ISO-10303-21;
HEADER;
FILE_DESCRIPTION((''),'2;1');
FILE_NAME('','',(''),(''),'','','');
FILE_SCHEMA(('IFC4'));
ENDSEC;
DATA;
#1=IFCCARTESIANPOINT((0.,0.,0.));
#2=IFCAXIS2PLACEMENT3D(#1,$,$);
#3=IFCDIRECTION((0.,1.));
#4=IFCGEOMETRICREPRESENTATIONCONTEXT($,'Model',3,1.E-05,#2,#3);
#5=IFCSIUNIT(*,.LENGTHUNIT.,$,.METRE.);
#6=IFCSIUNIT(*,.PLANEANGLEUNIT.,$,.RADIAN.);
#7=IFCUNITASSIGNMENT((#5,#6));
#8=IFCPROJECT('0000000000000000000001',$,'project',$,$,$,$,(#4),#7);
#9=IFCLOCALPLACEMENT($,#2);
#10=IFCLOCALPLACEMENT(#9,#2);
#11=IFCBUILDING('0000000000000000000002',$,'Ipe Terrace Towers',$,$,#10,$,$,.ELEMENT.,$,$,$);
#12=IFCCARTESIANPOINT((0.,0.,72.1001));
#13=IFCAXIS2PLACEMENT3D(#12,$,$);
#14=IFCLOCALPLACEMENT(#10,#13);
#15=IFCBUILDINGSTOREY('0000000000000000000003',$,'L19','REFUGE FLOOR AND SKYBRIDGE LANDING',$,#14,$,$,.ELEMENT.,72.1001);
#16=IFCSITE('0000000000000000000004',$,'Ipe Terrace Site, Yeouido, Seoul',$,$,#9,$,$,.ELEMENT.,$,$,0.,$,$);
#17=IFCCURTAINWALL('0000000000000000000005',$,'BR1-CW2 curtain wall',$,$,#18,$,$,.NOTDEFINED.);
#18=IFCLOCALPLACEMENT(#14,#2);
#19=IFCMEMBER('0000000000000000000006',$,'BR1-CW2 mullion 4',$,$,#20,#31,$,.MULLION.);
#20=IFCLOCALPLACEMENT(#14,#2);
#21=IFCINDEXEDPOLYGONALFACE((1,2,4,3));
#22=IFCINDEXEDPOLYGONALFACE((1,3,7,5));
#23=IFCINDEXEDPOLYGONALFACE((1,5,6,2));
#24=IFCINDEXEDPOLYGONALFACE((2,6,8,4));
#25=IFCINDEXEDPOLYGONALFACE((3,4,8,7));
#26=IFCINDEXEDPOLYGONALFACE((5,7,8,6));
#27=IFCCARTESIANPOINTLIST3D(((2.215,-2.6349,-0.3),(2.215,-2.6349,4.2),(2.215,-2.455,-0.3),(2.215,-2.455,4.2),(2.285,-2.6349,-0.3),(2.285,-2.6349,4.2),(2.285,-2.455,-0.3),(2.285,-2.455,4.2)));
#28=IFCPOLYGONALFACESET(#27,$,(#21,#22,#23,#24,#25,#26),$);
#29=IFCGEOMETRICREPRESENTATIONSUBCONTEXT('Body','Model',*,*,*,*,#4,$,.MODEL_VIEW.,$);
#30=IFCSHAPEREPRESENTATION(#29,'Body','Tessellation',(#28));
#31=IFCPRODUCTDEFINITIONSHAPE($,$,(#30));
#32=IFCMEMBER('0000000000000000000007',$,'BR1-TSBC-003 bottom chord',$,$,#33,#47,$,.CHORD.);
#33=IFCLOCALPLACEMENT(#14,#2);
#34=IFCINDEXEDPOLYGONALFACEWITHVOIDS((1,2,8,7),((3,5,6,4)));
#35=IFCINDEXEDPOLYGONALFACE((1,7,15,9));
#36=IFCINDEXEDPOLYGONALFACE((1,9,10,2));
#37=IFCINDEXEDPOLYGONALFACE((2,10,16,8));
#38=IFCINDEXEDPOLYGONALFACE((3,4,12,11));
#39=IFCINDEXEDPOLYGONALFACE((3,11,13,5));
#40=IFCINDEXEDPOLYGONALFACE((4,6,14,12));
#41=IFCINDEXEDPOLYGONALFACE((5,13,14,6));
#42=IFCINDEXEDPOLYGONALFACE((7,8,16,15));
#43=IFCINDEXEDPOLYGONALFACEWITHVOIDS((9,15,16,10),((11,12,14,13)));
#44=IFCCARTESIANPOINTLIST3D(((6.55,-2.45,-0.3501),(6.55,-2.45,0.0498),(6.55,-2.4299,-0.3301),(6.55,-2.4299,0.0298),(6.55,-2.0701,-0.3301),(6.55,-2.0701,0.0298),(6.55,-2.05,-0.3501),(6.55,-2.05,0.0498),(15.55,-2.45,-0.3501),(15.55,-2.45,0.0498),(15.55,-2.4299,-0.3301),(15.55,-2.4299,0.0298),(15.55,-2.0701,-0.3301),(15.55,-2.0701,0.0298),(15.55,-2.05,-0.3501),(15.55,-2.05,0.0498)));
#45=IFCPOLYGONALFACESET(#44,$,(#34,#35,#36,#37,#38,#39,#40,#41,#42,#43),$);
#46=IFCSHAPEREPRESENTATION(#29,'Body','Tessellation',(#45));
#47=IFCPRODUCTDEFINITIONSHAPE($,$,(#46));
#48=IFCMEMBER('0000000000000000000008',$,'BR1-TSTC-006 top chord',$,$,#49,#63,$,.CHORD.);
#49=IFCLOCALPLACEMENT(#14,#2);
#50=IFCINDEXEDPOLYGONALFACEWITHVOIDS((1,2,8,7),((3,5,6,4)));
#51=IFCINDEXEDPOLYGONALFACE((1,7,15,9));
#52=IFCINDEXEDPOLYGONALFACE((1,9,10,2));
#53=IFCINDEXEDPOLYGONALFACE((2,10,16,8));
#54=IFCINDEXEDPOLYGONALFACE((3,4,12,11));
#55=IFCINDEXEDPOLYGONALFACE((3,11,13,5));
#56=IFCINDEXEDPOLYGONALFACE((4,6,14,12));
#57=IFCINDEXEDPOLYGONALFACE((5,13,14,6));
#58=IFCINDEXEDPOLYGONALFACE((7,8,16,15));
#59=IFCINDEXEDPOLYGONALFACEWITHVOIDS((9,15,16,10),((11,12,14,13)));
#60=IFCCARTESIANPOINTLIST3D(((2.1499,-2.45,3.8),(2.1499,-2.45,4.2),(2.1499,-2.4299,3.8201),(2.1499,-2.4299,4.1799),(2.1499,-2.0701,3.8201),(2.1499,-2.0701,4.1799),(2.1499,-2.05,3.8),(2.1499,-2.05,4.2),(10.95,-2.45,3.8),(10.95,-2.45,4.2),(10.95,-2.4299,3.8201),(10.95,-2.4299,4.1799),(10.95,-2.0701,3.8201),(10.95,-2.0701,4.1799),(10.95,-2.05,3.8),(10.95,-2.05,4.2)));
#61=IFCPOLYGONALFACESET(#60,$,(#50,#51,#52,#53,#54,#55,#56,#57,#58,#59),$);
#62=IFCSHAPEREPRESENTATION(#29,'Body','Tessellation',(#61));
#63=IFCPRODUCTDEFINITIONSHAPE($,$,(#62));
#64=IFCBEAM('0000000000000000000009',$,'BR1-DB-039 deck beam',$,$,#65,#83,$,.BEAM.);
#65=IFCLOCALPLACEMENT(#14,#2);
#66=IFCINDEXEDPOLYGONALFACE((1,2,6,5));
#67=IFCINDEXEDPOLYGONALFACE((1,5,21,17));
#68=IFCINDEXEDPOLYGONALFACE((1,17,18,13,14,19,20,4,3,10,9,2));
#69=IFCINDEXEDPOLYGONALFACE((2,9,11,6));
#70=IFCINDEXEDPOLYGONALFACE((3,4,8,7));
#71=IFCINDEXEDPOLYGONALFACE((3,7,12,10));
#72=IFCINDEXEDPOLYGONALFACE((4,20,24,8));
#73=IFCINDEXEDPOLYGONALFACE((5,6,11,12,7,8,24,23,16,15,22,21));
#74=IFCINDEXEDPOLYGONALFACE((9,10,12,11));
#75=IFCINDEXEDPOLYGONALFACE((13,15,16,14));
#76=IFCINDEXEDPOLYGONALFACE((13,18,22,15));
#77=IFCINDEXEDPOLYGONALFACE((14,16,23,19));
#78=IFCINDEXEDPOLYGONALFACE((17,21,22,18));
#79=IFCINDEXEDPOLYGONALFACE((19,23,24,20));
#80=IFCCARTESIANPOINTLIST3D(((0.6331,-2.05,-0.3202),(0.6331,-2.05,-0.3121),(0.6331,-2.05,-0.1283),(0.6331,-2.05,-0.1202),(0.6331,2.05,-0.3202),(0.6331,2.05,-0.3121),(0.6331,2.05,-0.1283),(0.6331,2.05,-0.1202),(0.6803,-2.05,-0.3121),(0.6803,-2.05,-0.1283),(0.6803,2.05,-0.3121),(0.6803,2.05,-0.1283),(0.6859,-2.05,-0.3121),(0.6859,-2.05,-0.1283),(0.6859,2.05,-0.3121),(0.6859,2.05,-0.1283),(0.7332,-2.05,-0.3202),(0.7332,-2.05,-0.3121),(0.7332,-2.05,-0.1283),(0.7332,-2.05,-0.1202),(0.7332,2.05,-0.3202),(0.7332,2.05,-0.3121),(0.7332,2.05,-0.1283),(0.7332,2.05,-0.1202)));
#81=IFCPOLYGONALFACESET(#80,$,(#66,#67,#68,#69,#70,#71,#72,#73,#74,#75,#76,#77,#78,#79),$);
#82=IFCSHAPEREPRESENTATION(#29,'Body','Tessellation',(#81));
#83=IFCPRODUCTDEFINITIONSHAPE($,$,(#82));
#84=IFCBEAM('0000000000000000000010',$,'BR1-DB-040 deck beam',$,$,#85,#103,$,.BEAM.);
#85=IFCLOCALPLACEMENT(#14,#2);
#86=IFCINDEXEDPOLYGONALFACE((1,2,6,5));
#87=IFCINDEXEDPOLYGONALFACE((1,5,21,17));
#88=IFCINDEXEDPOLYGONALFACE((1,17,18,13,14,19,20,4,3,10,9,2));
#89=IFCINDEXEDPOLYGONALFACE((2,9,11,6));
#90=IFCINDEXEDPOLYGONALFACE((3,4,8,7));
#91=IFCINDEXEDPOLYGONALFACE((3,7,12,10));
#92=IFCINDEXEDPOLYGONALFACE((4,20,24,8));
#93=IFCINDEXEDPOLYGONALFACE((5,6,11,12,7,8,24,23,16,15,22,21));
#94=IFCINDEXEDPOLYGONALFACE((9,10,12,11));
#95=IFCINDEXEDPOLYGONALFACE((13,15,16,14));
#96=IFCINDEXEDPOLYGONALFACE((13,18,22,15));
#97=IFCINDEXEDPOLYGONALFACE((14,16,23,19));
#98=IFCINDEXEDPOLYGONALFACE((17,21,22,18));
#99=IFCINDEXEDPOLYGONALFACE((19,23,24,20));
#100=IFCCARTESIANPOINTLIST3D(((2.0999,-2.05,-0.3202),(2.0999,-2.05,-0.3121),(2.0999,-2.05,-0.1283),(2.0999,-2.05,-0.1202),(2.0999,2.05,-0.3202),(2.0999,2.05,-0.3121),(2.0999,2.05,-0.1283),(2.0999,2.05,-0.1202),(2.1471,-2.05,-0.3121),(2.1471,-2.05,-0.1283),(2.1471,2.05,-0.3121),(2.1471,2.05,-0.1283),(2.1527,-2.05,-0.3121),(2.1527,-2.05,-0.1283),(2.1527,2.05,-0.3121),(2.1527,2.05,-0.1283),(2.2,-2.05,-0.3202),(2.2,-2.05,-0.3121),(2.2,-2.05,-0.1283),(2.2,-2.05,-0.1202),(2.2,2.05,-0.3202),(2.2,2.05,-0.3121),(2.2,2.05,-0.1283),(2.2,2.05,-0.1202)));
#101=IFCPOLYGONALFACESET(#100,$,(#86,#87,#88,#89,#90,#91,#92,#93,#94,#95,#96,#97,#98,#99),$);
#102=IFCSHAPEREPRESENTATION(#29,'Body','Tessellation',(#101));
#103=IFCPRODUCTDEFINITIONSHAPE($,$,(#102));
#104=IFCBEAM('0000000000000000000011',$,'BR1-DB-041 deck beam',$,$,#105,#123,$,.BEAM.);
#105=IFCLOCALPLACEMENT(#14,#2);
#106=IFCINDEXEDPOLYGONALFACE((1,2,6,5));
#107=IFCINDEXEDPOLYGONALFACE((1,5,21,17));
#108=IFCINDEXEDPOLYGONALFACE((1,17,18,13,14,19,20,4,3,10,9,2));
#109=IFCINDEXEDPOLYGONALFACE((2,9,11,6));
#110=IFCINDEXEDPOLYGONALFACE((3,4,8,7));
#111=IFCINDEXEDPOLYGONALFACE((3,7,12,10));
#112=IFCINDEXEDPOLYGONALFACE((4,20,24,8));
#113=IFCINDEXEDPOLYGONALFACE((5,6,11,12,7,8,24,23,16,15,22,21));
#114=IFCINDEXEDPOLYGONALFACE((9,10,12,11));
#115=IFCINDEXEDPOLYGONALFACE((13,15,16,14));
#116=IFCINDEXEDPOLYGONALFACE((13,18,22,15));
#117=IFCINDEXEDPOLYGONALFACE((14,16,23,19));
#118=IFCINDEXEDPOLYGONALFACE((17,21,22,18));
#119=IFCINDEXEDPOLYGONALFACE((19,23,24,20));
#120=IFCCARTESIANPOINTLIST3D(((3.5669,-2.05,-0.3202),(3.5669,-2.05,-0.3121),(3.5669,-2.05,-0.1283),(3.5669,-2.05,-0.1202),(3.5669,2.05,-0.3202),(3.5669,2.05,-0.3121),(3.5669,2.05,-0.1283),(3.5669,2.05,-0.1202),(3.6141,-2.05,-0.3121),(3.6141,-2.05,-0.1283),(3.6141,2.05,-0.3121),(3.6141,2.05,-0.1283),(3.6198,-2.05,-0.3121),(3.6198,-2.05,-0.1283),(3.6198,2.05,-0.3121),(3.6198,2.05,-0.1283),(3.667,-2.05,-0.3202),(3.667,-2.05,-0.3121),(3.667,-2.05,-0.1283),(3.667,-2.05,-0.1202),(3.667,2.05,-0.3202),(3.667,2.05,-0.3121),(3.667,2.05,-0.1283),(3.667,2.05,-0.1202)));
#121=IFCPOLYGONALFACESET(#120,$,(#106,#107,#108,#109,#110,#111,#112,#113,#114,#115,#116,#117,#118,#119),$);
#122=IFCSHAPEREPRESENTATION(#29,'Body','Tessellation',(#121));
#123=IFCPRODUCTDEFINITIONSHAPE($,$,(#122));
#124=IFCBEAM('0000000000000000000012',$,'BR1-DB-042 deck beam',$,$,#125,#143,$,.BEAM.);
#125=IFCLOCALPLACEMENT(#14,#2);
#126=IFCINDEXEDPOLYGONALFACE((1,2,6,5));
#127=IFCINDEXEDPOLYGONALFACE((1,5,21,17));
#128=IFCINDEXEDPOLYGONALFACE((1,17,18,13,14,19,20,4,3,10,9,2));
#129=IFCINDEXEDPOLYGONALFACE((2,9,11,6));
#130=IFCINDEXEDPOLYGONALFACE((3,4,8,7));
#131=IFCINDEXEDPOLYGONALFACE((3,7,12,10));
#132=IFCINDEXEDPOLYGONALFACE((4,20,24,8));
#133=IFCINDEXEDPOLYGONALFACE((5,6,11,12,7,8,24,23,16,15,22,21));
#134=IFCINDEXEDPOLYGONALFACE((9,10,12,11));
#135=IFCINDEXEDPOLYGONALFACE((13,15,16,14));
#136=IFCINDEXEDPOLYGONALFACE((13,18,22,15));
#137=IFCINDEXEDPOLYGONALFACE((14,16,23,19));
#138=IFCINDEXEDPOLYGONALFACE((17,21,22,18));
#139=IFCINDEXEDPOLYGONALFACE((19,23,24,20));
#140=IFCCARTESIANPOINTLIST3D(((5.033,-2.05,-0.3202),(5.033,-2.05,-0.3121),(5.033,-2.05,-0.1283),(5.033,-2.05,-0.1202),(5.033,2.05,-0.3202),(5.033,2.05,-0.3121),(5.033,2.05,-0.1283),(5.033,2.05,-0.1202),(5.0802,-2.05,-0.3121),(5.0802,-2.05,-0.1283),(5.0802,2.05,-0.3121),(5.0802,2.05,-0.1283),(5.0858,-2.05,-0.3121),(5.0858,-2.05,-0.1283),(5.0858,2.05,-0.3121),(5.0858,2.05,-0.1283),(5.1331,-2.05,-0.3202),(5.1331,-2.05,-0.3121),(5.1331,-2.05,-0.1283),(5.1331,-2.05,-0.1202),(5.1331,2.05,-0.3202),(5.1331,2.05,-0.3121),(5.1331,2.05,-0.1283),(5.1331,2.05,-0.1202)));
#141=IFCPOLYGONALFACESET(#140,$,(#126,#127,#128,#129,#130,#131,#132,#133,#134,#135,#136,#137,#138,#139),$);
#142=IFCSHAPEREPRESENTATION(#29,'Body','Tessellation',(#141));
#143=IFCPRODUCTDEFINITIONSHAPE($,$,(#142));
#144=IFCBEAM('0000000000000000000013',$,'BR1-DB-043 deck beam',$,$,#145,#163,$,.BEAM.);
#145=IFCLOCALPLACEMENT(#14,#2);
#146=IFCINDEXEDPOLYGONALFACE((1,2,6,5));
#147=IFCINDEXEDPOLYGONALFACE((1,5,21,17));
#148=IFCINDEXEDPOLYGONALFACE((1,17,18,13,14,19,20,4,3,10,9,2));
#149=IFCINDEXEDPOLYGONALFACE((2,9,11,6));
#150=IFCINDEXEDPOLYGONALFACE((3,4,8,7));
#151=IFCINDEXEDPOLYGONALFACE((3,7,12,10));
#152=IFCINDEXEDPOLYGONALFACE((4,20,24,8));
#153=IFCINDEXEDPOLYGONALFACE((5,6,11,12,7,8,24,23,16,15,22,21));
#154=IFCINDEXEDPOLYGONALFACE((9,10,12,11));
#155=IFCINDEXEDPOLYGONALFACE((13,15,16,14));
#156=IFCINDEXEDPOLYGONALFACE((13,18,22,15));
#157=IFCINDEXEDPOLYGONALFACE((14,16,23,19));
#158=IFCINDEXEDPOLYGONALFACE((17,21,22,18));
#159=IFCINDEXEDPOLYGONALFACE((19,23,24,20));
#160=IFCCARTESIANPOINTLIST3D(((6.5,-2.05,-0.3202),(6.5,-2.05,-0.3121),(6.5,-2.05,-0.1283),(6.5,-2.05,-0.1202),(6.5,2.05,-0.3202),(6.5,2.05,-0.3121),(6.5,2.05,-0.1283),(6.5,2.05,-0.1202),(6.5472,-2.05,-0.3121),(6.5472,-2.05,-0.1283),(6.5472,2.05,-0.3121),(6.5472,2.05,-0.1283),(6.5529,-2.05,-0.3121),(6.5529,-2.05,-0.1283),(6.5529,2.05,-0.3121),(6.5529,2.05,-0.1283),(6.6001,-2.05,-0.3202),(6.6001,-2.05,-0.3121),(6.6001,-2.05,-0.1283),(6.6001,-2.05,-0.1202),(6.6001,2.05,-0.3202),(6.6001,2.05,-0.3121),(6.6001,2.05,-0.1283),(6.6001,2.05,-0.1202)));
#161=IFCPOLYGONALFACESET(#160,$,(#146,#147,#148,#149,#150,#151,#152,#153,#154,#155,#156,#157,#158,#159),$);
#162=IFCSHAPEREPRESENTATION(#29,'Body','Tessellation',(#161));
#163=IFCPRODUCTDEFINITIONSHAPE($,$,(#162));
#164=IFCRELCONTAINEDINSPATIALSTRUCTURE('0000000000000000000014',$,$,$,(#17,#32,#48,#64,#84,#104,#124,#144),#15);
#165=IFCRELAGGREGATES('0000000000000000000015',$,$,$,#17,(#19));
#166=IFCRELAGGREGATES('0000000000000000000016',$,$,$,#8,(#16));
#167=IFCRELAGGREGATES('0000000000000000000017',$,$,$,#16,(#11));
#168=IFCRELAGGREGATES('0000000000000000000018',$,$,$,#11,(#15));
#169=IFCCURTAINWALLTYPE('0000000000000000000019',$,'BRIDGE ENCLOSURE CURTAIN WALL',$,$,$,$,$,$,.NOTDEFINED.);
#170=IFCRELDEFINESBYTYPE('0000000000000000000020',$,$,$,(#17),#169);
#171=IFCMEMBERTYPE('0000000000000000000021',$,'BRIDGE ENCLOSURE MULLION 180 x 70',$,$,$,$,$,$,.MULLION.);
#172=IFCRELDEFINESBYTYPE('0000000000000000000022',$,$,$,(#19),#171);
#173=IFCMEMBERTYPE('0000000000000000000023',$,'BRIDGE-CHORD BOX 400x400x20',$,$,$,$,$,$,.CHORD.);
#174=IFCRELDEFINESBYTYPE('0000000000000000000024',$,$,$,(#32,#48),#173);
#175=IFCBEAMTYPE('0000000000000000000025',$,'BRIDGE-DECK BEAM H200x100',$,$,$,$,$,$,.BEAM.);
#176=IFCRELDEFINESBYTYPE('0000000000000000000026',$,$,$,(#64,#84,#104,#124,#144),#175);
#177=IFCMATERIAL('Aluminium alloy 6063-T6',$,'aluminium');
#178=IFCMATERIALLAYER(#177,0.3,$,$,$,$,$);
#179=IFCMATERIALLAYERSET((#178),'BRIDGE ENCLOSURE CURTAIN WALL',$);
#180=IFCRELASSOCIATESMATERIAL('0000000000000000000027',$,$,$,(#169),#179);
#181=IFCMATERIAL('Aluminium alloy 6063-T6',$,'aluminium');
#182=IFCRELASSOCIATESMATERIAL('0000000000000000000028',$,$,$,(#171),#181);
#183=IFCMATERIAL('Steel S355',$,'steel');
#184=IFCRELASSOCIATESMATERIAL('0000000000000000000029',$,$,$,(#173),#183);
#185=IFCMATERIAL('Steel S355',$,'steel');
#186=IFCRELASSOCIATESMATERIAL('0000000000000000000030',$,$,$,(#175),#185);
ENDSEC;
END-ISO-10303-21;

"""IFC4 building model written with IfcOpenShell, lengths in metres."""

from ifc_helpers import new_model, si_unit, direction, frame, origin, origin_2d, place, context, subcontext, project, spatial, rectangle, hollow_rectangle, i_section, extrude, material, layer, layer_set, material_profile, profile_set, type_object, element, aggregate, save


model = new_model("IFC4")

# Units and contexts
model_context = context("Model", 3, precision=1e-05, world=origin(), true_north=direction((0.0, 1.0)))
body_context = subcontext(model_context, "Body", "Model", "MODEL_VIEW")
ifc_project = project(units=[si_unit("LENGTHUNIT", "METRE"), si_unit("PLANEANGLEUNIT", "RADIAN")], contexts=[model_context])

# Site, building, storey
site_placement = place(None, origin())
site = spatial("IfcSite", under=ifc_project, at=site_placement, Name="Ipe Terrace Site, Yeouido, Seoul", CompositionType="ELEMENT", RefElevation=0.0)
building_placement = place(site_placement, origin())
building = spatial("IfcBuilding", under=site, at=building_placement, Name="Ipe Terrace Towers", CompositionType="ELEMENT")
storey_placement = place(building_placement, frame((0.0, 0.0, 72.1001)))
storey = spatial("IfcBuildingStorey", under=building, at=storey_placement, Name="L19", Description="REFUGE FLOOR AND SKYBRIDGE LANDING", CompositionType="ELEMENT", Elevation=72.1001)

# Curtain wall, member
ifc_material_1 = material(Name="Aluminium alloy 6063-T6", Category="aluminium")
ifc_layer_1 = layer(ifc_material_1, 0.3)
ifc_layer_set_1 = layer_set([ifc_layer_1], Name="BRIDGE ENCLOSURE CURTAIN WALL")
curtain_wall_type = type_object("IfcCurtainWallType", Name="BRIDGE ENCLOSURE CURTAIN WALL", PredefinedType="NOTDEFINED", material=ifc_layer_set_1)
curtain_wall_placement = place(storey_placement, origin())
curtain_wall = element("IfcCurtainWall", 1, at=curtain_wall_placement, inside=storey, type_object=curtain_wall_type, Name="BR1-CW2 curtain wall", PredefinedType="NOTDEFINED")
ifc_material_2 = material(Name="Aluminium alloy 6063-T6", Category="aluminium")
ifc_material_profile_1 = material_profile(ifc_material_2, rectangle(XDim=0.1799, YDim=0.0701, at=origin_2d()), Name="BRIDGE ENCLOSURE MULLION 180 x 70")
ifc_profile_set_1 = profile_set([ifc_material_profile_1], Name="Aluminium alloy 6063-T6")
member_type_1 = type_object("IfcMemberType", Name="BRIDGE ENCLOSURE MULLION 180 x 70", PredefinedType="MULLION", material=ifc_profile_set_1)
member_1_placement = place(storey_placement, frame((2.25, -2.5449, -0.3), z_axis=(0.0, 0.0, 1.0), x_axis=(0.0, -1.0, 0.0)))
member_1 = element("IfcMember", 2, at=member_1_placement, type_object=member_type_1, Name="BR1-CW2 mullion 4", PredefinedType="MULLION", context=body_context, shape_type="SweptSolid", body=[
    extrude(rectangle(XDim=0.1799, YDim=0.0701, at=origin_2d()), origin(), (0.0, 0.0, 1.0), 4.5),
])

# Members
ifc_material_3 = material(Name="Steel S355", Category="steel")
ifc_material_profile_2 = material_profile(ifc_material_3, hollow_rectangle(XDim=0.3999, YDim=0.3999, WallThickness=0.02, at=origin_2d()), Name="BRIDGE-CHORD BOX 400x400x20")
ifc_profile_set_2 = profile_set([ifc_material_profile_2], Name="Steel S355")
member_type_2 = type_object("IfcMemberType", Name="BRIDGE-CHORD BOX 400x400x20", PredefinedType="CHORD", material=ifc_profile_set_2)
member_2_placement = place(storey_placement, frame((6.55, -2.25, -0.1501), z_axis=(1.0, 0.0, 0.0), x_axis=(0.0, 1.0, 0.0)))
element("IfcMember", 3, at=member_2_placement, inside=storey, type_object=member_type_2, Name="BR1-TSBC-003 bottom chord", PredefinedType="CHORD", context=body_context, shape_type="SweptSolid", body=[
    extrude(hollow_rectangle(XDim=0.3999, YDim=0.3999, WallThickness=0.02, at=origin_2d()), origin(), (0.0, 0.0, 1.0), 9.0),
])
member_3_placement = place(storey_placement, frame((2.1499, -2.25, 4.0), z_axis=(1.0, 0.0, 0.0), x_axis=(0.0, 1.0, 0.0)))
element("IfcMember", 4, at=member_3_placement, inside=storey, type_object=member_type_2, Name="BR1-TSTC-006 top chord", PredefinedType="CHORD", context=body_context, shape_type="SweptSolid", body=[
    extrude(hollow_rectangle(XDim=0.3999, YDim=0.3999, WallThickness=0.02, at=origin_2d()), origin(), (0.0, 0.0, 1.0), 8.8),
])

# Beams
ifc_material_4 = material(Name="Steel S355", Category="steel")
ifc_material_profile_3 = material_profile(ifc_material_4, i_section(OverallWidth=0.1001, OverallDepth=0.2, WebThickness=0.0056, FlangeThickness=0.0081, at=origin_2d()), Name="H200x100")
ifc_profile_set_3 = profile_set([ifc_material_profile_3], Name="Steel S355")
beam_type_1 = type_object("IfcBeamType", Name="BRIDGE-DECK BEAM H200x100", PredefinedType="BEAM", material=ifc_profile_set_3)
for number, where, z_axis, x_axis, name in (
    (5, (0.6831, -2.05, -0.2202), (0.0, 1.0, 0.0), (-1.0, 0.0, 0.0), "BR1-DB-039 deck beam"),
    (6, (2.1499, -2.05, -0.2202), (0.0, 1.0, 0.0), (-1.0, 0.0, 0.0), "BR1-DB-040 deck beam"),
    (7, (3.6169, -2.05, -0.2202), (0.0, 1.0, 0.0), (-1.0, 0.0, 0.0), "BR1-DB-041 deck beam"),
    (8, (5.083, -2.05, -0.2202), (0.0, 1.0, 0.0), (-1.0, 0.0, 0.0), "BR1-DB-042 deck beam"),
    (9, (6.55, -2.05, -0.2202), (0.0, 1.0, 0.0), (-1.0, 0.0, 0.0), "BR1-DB-043 deck beam"),
):
    element("IfcBeam", number, at=place(storey_placement, frame(where, z_axis=z_axis, x_axis=x_axis)), inside=storey, type_object=beam_type_1, Name=name, PredefinedType="BEAM", context=body_context, shape_type="SweptSolid", body=[
        extrude(i_section(OverallWidth=0.1001, OverallDepth=0.2, WebThickness=0.0056, FlangeThickness=0.0081, at=origin_2d()), origin(), (0.0, 0.0, 1.0), 4.1001),
    ])

aggregate(curtain_wall, [member_1])

save(model, "model.ifc")
